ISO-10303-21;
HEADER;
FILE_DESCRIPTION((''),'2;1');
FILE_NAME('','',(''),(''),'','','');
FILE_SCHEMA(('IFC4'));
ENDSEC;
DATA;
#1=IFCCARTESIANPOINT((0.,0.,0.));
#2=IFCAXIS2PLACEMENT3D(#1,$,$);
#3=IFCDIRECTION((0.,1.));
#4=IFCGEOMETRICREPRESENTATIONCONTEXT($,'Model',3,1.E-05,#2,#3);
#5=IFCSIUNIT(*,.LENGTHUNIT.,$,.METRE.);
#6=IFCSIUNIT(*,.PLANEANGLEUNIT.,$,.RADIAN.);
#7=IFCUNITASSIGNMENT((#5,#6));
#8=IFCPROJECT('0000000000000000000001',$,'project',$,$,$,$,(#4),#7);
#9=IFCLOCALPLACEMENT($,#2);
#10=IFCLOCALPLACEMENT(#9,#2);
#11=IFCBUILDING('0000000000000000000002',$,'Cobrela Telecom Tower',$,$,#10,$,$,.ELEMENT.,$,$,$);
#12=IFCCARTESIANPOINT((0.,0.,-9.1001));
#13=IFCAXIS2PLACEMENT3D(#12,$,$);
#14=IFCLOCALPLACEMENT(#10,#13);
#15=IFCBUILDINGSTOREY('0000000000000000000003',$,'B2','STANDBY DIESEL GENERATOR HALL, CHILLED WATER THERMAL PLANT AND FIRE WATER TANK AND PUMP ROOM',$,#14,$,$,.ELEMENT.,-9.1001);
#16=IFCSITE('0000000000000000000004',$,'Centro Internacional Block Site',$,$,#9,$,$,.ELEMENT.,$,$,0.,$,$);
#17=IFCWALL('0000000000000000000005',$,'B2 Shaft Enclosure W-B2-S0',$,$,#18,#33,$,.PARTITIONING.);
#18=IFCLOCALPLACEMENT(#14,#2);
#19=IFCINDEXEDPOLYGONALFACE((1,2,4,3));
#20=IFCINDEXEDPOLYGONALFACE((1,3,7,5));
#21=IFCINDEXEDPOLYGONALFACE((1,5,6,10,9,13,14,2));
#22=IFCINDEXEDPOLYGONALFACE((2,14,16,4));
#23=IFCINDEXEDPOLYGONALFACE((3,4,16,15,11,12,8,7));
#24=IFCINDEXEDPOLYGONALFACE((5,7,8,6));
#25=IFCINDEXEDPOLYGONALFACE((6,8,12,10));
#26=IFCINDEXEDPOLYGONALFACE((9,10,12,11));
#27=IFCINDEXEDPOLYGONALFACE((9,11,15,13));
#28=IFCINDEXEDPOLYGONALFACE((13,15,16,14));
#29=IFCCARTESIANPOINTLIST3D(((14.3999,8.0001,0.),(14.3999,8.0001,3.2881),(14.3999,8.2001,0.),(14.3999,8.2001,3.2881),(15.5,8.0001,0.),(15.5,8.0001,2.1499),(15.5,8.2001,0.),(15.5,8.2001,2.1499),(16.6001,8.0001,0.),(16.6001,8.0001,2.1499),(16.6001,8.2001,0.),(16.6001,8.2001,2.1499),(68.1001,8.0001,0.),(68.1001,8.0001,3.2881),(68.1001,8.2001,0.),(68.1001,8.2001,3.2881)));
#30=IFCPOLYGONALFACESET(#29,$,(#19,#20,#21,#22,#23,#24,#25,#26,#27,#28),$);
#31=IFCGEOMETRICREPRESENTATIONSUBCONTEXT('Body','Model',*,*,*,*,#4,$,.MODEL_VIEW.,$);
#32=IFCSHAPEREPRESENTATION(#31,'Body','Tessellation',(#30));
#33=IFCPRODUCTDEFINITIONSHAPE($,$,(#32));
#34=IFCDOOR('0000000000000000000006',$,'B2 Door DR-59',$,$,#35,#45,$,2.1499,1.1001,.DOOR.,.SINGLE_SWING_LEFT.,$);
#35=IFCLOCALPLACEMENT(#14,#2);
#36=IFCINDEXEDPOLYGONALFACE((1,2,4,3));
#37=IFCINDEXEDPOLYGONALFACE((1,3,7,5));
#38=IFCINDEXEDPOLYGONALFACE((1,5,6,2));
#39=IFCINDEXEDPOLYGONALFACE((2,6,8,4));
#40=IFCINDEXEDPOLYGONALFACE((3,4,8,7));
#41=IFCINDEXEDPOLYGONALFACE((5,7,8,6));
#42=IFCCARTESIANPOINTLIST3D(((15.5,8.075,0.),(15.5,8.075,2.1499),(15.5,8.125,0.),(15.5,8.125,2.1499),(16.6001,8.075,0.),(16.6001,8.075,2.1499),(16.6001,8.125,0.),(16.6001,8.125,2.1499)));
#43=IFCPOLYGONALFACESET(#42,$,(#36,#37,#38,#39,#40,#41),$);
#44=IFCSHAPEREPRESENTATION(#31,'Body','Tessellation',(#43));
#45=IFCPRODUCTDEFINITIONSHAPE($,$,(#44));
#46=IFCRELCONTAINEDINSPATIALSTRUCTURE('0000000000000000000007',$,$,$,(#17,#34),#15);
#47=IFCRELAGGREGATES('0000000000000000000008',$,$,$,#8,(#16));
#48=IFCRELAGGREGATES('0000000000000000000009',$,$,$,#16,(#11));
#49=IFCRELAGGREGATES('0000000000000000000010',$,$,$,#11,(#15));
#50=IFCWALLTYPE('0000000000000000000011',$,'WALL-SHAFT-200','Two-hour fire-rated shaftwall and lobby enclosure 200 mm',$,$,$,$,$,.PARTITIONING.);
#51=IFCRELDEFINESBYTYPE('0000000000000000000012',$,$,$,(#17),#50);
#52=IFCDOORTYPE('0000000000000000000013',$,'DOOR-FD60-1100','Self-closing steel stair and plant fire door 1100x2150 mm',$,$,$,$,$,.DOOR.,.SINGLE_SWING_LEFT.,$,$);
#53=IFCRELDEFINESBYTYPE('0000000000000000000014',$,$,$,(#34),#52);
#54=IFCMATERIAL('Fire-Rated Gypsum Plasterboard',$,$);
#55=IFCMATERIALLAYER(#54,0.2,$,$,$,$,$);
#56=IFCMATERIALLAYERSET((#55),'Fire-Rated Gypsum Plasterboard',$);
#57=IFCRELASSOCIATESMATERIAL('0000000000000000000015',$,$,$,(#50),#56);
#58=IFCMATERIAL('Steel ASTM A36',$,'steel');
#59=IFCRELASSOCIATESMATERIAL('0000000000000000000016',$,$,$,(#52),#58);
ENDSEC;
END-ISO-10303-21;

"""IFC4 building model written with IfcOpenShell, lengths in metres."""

from ifc_helpers import new_model, si_unit, direction, frame, frame_2d, origin, place, context, subcontext, project, spatial, rectangle, extrude, material, layer, layer_set, type_object, element, fill, save


model = new_model("IFC4")

# Units and contexts
model_context = context("Model", 3, precision=1e-05, world=origin(), true_north=direction((0.0, 1.0)))
body_context = subcontext(model_context, "Body", "Model", "MODEL_VIEW")
ifc_project = project(units=[si_unit("LENGTHUNIT", "METRE"), si_unit("PLANEANGLEUNIT", "RADIAN")], contexts=[model_context])

# Site, building, storey
site_placement = place(None, origin())
site = spatial("IfcSite", under=ifc_project, at=site_placement, Name="Centro Internacional Block Site", CompositionType="ELEMENT", RefElevation=0.0)
building_placement = place(site_placement, origin())
building = spatial("IfcBuilding", under=site, at=building_placement, Name="Cobrela Telecom Tower", CompositionType="ELEMENT")
storey_placement = place(building_placement, frame((0.0, 0.0, -9.1001)))
storey = spatial("IfcBuildingStorey", under=building, at=storey_placement, Name="B2", Description="STANDBY DIESEL GENERATOR HALL, CHILLED WATER THERMAL PLANT AND FIRE WATER TANK AND PUMP ROOM", CompositionType="ELEMENT", Elevation=-9.1001)

# Wall, opening, door
ifc_material_1 = material(Name="Fire-Rated Gypsum Plasterboard")
ifc_layer_1 = layer(ifc_material_1, 0.2)
ifc_layer_set_1 = layer_set([ifc_layer_1], Name="Fire-Rated Gypsum Plasterboard")
wall_type_1 = type_object("IfcWallType", Name="WALL-SHAFT-200", Description="Two-hour fire-rated shaftwall and lobby enclosure 200 mm", PredefinedType="PARTITIONING", material=ifc_layer_set_1)
wall_1_placement = place(storey_placement, frame((14.3999, 8.1001, 0.0), z_axis=(0.0, 0.0, 1.0), x_axis=(1.0, 0.0, 0.0)))
wall_1 = element("IfcWall", 1, at=wall_1_placement, inside=storey, type_object=wall_type_1, Name="B2 Shaft Enclosure W-B2-S0", PredefinedType="PARTITIONING", context=body_context, shape_type="SweptSolid", body=[
    extrude(rectangle(XDim=53.7002, YDim=0.2, at=frame_2d((26.8501, 0.0))), origin(), (0.0, 0.0, 1.0), 3.2881),
])
opening_1_placement = place(wall_1_placement, frame((1.1001, 0.0, 0.0)))
opening_1 = element("IfcOpeningElement", 2, at=opening_1_placement, cuts=wall_1, PredefinedType="OPENING", context=body_context, shape_type="SweptSolid", body=[
    extrude(rectangle(XDim=1.1001, YDim=2.1499, at=frame_2d((0.55, 1.075))), frame((0.0, 0.1118, 0.0), z_axis=(0.0, -1.0, 0.0), x_axis=(1.0, 0.0, 0.0)), (0.0, 0.0, 1.0), 0.2239),
])
ifc_material_2 = material(Name="Steel ASTM A36", Category="steel")
door_type_1 = type_object("IfcDoorType", Name="DOOR-FD60-1100", Description="Self-closing steel stair and plant fire door 1100x2150 mm", OperationType="SINGLE_SWING_LEFT", PredefinedType="DOOR", material=ifc_material_2)
door_1_placement = place(opening_1_placement, origin())
door_1 = element("IfcDoor", 3, at=door_1_placement, inside=storey, type_object=door_type_1, Name="B2 Door DR-59", OperationType="SINGLE_SWING_LEFT", OverallHeight=2.1499, OverallWidth=1.1001, PredefinedType="DOOR", context=body_context, shape_type="SweptSolid", body=[
    extrude(rectangle(XDim=1.1001, YDim=2.1499, at=frame_2d((0.55, 1.075))), frame((0.0, 0.0249, 0.0), z_axis=(0.0, -1.0, 0.0), x_axis=(1.0, 0.0, 0.0)), (0.0, 0.0, 1.0), 0.05),
])
fill(opening_1, door_1)

save(model, "model.ifc")
